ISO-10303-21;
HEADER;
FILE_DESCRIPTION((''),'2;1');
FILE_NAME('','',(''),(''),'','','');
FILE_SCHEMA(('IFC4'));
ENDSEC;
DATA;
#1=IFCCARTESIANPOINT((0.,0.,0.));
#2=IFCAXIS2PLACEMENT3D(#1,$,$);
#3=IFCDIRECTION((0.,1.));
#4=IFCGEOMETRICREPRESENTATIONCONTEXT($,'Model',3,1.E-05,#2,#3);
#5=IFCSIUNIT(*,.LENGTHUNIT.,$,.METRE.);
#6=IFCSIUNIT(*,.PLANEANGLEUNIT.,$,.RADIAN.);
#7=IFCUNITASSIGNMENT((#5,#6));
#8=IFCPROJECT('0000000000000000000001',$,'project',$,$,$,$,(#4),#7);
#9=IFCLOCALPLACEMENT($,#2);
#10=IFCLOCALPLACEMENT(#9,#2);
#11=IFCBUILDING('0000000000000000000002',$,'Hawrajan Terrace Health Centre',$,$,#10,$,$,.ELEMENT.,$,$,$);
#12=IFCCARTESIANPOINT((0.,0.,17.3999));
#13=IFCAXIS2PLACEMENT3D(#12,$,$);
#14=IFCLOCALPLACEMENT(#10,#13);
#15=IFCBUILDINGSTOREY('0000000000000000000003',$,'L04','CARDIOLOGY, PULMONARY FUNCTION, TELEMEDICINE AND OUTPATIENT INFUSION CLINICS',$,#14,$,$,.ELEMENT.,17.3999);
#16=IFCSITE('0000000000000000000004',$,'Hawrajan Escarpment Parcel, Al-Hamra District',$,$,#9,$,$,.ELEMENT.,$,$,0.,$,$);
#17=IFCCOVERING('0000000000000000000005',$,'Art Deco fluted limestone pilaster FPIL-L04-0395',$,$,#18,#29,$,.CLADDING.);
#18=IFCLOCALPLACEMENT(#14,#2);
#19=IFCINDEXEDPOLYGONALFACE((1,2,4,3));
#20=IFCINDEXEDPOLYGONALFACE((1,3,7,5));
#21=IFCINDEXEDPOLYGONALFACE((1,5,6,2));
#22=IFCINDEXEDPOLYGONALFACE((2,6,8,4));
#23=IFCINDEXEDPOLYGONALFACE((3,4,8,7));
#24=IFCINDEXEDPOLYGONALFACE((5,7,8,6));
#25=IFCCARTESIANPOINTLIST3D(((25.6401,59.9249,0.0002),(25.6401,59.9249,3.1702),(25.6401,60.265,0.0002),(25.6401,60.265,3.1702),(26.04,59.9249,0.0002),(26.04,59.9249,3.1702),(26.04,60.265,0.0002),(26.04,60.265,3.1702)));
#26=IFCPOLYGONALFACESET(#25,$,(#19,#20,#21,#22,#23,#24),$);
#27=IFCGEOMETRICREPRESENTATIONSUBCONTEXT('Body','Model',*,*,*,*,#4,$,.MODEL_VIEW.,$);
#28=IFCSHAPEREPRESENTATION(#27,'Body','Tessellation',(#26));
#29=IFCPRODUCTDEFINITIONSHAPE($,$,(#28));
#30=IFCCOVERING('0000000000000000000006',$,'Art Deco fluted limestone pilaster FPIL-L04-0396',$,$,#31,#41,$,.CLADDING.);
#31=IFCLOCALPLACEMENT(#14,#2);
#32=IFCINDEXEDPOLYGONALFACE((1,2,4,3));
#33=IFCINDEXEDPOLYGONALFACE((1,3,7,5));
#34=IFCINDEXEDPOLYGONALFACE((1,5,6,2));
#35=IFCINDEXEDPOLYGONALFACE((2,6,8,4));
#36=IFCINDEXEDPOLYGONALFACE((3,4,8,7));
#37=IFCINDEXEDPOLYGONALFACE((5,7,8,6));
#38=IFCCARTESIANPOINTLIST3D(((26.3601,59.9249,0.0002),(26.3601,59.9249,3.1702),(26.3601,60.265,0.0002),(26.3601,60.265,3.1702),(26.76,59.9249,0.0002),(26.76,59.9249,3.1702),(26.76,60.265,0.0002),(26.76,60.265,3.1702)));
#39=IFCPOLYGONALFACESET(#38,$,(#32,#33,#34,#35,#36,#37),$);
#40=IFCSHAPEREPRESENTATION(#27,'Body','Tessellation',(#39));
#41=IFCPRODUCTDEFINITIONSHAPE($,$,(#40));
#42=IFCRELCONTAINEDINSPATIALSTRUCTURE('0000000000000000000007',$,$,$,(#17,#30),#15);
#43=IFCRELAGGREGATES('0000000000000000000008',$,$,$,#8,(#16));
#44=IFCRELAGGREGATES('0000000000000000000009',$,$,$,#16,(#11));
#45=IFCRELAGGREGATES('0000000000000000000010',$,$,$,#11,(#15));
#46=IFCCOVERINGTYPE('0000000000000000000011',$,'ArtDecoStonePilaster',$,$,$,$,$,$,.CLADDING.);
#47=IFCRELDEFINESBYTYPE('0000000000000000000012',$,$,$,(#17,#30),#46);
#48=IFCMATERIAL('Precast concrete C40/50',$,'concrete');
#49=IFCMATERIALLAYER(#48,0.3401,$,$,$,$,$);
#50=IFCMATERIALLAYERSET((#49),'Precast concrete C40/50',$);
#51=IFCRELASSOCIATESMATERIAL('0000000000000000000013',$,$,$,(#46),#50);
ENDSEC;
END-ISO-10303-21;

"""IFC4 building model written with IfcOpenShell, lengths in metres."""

from ifc_helpers import new_model, si_unit, direction, frame, origin, origin_2d, place, context, subcontext, project, spatial, rectangle, extrude, material, layer, layer_set, type_object, element, save


model = new_model("IFC4")

# Units and contexts
model_context = context("Model", 3, precision=1e-05, world=origin(), true_north=direction((0.0, 1.0)))
body_context = subcontext(model_context, "Body", "Model", "MODEL_VIEW")
ifc_project = project(units=[si_unit("LENGTHUNIT", "METRE"), si_unit("PLANEANGLEUNIT", "RADIAN")], contexts=[model_context])

# Site, building, storey
site_placement = place(None, origin())
site = spatial("IfcSite", under=ifc_project, at=site_placement, Name="Hawrajan Escarpment Parcel, Al-Hamra District", CompositionType="ELEMENT", RefElevation=0.0)
building_placement = place(site_placement, origin())
building = spatial("IfcBuilding", under=site, at=building_placement, Name="Hawrajan Terrace Health Centre", CompositionType="ELEMENT")
storey_placement = place(building_placement, frame((0.0, 0.0, 17.3999)))
storey = spatial("IfcBuildingStorey", under=building, at=storey_placement, Name="L04", Description="CARDIOLOGY, PULMONARY FUNCTION, TELEMEDICINE AND OUTPATIENT INFUSION CLINICS", CompositionType="ELEMENT", Elevation=17.3999)

# Coverings
ifc_material_1 = material(Name="Precast concrete C40/50", Category="concrete")
ifc_layer_1 = layer(ifc_material_1, 0.3401)
ifc_layer_set_1 = layer_set([ifc_layer_1], Name="Precast concrete C40/50")
covering_type_1 = type_object("IfcCoveringType", Name="ArtDecoStonePilaster", PredefinedType="CLADDING", material=ifc_layer_set_1)
for number, where, z_axis, x_axis, name in (
    (1, (25.8401, 60.095, 0.0002), (0.0, 0.0, 1.0), (1.0, 0.0, 0.0), "Art Deco fluted limestone pilaster FPIL-L04-0395"),
    (2, (26.5601, 60.095, 0.0002), (0.0, 0.0, 1.0), (1.0, 0.0, 0.0), "Art Deco fluted limestone pilaster FPIL-L04-0396"),
):
    element("IfcCovering", number, at=place(storey_placement, frame(where, z_axis=z_axis, x_axis=x_axis)), inside=storey, type_object=covering_type_1, Name=name, PredefinedType="CLADDING", context=body_context, shape_type="SweptSolid", body=[
        extrude(rectangle(XDim=0.3999, YDim=0.3401, at=origin_2d()), origin(), (0.0, 0.0, 1.0), 3.1699),
    ])

save(model, "model.ifc")
